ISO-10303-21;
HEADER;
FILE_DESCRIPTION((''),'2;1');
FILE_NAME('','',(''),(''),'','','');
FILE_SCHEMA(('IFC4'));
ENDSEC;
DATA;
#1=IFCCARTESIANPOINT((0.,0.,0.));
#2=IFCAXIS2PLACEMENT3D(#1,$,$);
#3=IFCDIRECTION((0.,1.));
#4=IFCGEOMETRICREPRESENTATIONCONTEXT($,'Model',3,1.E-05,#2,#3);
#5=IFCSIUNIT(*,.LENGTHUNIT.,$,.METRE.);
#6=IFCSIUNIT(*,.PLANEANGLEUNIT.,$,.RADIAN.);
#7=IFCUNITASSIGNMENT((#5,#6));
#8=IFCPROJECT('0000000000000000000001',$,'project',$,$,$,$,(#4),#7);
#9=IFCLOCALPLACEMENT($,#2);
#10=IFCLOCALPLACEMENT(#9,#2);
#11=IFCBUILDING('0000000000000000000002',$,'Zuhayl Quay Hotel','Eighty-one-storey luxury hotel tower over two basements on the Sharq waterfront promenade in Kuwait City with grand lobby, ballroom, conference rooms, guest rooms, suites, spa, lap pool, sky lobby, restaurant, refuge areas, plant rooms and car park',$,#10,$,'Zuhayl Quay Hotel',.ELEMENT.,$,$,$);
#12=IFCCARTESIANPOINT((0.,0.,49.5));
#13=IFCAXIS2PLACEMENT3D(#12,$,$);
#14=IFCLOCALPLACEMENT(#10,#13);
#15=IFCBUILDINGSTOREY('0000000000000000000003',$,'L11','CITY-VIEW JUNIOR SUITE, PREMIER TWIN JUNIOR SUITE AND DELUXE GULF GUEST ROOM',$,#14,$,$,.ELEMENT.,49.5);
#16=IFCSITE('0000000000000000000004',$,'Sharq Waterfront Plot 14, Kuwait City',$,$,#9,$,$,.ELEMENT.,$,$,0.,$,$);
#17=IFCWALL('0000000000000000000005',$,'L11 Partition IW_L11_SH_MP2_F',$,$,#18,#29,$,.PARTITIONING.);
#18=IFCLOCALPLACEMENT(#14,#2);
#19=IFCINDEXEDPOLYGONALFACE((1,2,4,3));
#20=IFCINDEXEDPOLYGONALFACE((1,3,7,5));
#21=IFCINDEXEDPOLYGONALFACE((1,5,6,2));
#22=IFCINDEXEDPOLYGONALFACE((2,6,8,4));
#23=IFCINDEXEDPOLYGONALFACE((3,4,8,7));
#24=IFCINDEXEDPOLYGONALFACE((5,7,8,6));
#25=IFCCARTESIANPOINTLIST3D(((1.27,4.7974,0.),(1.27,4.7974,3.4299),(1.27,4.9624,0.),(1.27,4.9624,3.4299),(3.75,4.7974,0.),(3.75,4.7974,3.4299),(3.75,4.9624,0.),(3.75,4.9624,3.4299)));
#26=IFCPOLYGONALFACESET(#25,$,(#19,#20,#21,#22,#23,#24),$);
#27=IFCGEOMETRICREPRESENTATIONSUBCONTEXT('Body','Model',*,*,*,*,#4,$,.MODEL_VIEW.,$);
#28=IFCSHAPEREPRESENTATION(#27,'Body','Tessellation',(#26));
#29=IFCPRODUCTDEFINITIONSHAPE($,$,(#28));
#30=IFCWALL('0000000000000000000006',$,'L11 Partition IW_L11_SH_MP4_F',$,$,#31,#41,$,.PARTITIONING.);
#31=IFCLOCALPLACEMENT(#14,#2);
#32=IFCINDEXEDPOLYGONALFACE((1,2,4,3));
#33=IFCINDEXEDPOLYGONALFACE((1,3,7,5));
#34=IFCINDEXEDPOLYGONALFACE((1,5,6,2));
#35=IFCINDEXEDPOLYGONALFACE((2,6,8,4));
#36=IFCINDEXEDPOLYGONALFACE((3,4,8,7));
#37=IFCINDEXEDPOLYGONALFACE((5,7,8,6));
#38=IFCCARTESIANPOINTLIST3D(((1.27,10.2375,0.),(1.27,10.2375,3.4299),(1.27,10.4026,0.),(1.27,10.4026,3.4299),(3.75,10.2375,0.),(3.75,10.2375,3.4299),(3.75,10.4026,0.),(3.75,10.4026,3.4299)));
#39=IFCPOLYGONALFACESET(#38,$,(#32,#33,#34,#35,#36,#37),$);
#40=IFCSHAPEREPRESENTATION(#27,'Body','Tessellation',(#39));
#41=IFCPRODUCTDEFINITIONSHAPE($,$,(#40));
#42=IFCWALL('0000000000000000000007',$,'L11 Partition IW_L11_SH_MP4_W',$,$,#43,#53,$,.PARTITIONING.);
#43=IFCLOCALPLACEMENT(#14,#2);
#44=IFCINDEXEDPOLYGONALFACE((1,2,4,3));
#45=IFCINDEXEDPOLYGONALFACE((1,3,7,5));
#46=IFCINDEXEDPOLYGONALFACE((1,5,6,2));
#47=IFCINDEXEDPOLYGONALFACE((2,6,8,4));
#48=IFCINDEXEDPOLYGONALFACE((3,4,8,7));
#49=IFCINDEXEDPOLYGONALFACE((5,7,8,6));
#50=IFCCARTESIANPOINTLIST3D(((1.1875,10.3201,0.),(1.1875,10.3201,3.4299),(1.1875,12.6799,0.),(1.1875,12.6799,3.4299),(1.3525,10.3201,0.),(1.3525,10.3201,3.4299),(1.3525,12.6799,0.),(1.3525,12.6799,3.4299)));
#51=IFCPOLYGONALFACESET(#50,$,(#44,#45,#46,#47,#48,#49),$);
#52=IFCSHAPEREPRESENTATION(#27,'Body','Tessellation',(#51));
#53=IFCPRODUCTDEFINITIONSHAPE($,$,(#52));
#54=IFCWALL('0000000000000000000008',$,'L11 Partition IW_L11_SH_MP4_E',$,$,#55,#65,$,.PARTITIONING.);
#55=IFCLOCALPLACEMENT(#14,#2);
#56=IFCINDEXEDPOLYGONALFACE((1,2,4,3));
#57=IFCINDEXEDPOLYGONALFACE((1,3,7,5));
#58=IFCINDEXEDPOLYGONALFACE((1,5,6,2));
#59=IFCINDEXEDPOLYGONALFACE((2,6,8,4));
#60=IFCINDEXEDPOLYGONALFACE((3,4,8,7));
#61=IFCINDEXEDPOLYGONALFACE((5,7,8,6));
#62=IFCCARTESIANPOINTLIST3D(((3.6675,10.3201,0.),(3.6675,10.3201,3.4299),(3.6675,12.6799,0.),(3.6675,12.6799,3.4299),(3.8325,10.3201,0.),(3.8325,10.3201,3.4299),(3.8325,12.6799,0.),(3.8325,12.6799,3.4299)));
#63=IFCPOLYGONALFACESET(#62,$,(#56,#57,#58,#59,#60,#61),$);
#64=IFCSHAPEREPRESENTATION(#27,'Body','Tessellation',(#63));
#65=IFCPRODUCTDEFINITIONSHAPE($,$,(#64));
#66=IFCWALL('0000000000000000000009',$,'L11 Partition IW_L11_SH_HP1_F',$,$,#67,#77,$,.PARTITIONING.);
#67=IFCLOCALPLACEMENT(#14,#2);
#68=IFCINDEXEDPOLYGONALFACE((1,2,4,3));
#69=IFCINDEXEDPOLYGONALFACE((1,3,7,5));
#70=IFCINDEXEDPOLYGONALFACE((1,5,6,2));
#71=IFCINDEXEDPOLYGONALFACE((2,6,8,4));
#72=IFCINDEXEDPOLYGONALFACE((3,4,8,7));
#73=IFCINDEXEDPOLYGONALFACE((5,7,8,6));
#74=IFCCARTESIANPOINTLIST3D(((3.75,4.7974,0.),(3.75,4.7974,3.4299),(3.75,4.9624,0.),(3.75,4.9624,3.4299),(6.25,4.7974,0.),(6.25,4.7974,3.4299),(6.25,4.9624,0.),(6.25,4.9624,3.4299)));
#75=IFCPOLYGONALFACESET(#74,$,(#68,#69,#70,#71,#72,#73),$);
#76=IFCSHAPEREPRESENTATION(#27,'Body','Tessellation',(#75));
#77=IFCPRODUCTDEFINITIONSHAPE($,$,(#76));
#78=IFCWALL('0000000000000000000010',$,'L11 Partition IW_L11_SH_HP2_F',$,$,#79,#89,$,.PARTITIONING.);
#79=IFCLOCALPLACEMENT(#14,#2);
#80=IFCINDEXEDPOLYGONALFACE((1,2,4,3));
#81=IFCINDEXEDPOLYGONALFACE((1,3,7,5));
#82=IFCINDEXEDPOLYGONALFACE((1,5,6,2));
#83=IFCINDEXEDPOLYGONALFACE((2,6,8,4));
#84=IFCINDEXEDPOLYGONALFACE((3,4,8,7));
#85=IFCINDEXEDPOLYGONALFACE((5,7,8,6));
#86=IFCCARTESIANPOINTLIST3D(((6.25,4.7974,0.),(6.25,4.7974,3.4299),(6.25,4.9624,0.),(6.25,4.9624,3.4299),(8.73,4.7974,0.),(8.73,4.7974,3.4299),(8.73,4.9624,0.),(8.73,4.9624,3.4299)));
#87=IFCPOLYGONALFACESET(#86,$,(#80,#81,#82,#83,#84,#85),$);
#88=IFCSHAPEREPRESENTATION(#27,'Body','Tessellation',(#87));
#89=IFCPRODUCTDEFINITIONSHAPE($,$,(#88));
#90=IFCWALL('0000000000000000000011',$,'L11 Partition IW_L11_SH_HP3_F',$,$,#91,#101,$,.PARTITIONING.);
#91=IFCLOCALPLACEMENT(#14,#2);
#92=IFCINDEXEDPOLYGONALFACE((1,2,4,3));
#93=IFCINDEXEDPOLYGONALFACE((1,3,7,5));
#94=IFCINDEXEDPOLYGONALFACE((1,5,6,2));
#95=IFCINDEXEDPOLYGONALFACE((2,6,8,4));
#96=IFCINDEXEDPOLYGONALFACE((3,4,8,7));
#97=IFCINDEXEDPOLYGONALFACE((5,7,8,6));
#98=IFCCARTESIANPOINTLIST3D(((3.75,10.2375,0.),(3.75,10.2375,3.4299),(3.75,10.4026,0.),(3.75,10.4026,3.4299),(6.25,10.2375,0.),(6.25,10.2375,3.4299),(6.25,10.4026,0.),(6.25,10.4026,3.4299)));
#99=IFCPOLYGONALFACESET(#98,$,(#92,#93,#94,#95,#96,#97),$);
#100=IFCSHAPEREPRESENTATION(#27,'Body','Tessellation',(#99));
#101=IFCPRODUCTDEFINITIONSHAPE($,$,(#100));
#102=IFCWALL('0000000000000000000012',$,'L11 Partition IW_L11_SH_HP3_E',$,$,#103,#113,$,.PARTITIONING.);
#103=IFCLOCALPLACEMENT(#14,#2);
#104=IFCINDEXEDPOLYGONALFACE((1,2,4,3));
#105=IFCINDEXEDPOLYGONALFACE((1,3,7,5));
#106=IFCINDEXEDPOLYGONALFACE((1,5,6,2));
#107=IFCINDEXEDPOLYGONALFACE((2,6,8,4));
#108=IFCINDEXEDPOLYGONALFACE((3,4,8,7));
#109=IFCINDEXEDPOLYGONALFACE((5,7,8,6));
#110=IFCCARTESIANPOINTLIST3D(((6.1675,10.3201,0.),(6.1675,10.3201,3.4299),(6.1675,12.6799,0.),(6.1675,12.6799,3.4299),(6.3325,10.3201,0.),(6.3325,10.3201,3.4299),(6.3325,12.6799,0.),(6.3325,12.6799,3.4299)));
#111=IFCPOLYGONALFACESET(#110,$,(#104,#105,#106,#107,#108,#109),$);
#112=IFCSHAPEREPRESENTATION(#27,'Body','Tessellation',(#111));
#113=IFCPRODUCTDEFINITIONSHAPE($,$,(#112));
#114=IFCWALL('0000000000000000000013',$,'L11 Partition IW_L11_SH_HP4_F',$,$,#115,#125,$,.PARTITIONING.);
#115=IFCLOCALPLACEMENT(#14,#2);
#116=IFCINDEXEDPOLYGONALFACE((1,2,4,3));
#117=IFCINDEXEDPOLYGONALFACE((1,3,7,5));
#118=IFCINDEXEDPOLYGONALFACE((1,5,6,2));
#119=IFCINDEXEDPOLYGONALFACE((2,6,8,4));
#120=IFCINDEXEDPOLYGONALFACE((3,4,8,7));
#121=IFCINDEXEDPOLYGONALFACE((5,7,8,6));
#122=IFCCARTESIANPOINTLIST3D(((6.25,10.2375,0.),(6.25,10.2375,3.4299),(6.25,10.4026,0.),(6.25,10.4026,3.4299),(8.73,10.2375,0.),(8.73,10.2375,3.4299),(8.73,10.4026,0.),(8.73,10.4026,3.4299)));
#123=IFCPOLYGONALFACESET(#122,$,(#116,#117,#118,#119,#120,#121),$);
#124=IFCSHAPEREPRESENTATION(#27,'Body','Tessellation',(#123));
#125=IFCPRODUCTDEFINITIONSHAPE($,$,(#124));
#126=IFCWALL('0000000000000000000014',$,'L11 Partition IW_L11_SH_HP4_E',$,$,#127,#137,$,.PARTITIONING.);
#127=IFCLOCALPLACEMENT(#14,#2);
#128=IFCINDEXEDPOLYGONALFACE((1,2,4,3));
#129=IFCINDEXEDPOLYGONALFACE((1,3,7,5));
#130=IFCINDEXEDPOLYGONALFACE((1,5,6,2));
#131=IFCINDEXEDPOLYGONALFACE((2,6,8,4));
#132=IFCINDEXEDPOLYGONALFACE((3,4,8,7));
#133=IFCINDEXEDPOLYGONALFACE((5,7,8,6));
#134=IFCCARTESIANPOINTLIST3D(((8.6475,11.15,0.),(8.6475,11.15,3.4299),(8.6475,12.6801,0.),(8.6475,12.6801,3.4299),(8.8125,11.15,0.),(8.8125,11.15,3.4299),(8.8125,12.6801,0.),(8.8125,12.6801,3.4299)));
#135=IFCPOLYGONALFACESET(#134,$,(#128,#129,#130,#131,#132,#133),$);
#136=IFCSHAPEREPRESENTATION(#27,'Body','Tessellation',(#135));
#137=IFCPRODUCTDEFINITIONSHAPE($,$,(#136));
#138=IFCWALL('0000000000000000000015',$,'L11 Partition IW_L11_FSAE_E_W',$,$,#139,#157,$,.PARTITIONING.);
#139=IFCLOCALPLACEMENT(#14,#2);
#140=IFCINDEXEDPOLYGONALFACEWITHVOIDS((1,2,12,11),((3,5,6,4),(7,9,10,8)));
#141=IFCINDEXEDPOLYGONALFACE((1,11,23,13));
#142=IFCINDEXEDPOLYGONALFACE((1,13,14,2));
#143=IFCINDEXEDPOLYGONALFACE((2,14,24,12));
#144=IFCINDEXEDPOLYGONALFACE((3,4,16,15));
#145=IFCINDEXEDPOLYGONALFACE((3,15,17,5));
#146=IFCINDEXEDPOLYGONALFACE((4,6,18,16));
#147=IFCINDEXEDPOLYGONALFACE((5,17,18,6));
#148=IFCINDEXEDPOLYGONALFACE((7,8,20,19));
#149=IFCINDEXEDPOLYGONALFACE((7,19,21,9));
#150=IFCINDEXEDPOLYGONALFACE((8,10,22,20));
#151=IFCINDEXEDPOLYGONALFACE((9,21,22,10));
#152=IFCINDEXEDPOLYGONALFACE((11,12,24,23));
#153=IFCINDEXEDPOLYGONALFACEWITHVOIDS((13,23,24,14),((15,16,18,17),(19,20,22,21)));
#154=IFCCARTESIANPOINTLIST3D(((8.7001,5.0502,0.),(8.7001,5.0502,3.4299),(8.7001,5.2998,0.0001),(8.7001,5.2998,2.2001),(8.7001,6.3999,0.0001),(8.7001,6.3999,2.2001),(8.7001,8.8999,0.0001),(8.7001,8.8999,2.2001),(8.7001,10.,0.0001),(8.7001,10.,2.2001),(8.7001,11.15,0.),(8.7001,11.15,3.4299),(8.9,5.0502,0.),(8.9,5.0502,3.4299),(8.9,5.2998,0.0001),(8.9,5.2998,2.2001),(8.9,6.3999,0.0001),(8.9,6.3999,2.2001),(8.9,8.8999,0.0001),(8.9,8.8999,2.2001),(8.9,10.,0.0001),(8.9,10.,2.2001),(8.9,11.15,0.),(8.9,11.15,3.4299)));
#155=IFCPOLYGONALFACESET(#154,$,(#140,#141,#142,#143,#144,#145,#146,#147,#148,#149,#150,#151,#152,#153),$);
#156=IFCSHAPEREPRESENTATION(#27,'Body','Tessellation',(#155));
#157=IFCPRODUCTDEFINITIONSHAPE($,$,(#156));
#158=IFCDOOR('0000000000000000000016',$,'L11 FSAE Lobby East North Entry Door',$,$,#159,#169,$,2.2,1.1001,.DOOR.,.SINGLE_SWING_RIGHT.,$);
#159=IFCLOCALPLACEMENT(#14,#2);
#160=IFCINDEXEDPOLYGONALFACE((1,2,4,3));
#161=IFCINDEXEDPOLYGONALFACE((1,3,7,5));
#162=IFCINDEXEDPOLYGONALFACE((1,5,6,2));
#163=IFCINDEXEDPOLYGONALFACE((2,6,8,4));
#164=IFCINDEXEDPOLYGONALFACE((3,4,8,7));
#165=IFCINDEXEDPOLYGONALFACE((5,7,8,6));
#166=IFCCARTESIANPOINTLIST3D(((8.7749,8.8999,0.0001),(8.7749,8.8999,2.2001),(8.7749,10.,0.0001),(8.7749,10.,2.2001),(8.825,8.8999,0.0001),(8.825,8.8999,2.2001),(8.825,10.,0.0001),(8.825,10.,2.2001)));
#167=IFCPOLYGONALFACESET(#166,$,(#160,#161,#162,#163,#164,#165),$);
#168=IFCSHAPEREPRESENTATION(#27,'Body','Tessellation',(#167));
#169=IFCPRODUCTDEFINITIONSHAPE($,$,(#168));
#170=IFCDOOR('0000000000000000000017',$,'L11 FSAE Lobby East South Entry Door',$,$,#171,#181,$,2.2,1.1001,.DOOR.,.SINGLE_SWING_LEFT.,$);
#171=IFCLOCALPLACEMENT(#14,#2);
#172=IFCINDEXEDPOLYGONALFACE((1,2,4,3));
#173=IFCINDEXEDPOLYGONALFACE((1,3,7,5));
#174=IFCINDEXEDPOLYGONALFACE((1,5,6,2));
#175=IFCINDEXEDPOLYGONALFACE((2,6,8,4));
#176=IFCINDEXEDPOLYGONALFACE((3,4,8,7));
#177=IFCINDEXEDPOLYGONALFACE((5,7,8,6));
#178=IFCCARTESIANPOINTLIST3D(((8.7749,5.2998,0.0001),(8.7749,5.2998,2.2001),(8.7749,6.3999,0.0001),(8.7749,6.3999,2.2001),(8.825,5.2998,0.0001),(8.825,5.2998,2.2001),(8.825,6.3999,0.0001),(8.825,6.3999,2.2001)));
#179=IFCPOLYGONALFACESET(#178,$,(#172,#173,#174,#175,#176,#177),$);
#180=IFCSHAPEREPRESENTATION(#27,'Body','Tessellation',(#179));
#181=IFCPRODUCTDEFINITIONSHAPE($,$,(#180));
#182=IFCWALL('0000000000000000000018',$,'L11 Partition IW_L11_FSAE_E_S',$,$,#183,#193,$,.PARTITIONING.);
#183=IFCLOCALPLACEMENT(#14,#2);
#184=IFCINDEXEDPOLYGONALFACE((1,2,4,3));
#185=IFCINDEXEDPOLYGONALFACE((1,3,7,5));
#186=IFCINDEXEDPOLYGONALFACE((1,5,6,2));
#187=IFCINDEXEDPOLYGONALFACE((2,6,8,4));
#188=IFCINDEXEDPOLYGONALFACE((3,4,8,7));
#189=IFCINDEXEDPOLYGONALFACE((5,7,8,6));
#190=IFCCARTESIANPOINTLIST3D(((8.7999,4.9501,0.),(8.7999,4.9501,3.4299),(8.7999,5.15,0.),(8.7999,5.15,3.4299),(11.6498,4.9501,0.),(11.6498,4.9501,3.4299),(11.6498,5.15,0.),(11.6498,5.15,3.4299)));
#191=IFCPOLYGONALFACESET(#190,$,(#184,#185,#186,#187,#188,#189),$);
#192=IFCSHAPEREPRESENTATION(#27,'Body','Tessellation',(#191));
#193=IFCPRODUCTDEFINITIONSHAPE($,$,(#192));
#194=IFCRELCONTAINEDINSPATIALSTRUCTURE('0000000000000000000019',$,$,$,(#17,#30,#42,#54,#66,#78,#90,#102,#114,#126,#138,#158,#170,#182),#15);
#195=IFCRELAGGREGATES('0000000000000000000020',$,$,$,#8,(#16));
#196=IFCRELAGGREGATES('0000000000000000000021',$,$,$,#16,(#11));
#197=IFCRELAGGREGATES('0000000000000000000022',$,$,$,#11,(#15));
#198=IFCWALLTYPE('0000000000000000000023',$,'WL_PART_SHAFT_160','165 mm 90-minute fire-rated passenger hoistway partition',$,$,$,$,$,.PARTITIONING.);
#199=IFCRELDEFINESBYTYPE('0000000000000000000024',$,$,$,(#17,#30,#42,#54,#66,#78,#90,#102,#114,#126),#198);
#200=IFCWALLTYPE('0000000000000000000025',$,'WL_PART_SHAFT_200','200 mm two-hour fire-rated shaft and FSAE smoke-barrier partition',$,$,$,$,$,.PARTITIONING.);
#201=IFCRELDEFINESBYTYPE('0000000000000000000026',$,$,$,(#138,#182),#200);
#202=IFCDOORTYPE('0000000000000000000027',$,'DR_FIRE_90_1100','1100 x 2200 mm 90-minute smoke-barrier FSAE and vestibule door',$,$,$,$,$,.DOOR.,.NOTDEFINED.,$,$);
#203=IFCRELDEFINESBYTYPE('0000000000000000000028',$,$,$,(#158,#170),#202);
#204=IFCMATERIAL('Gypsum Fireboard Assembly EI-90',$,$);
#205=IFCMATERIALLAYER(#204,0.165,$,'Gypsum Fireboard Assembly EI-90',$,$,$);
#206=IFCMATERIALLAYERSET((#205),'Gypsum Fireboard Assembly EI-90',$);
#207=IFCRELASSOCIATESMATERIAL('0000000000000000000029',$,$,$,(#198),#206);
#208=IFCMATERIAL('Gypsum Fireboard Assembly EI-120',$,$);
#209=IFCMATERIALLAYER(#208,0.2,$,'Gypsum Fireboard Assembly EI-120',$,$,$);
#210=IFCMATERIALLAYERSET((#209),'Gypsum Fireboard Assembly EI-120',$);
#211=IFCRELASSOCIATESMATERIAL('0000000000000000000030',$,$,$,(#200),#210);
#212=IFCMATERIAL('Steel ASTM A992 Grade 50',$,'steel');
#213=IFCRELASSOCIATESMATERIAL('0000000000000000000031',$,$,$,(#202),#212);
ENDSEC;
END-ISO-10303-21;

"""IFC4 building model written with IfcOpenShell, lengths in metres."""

from ifc_helpers import new_model, si_unit, direction, frame, frame_2d, origin, place, context, subcontext, project, spatial, rectangle, extrude, material, layer, layer_set, type_object, element, fill, save


model = new_model("IFC4")

# Units and contexts
model_context = context("Model", 3, precision=1e-05, world=origin(), true_north=direction((0.0, 1.0)))
body_context = subcontext(model_context, "Body", "Model", "MODEL_VIEW")
ifc_project = project(units=[si_unit("LENGTHUNIT", "METRE"), si_unit("PLANEANGLEUNIT", "RADIAN")], contexts=[model_context])

# Site, building, storey
site_placement = place(None, origin())
site = spatial("IfcSite", under=ifc_project, at=site_placement, Name="Sharq Waterfront Plot 14, Kuwait City", CompositionType="ELEMENT", RefElevation=0.0)
building_placement = place(site_placement, origin())
building = spatial("IfcBuilding", under=site, at=building_placement, Name="Zuhayl Quay Hotel", Description="Eighty-one-storey luxury hotel tower over two basements on the Sharq waterfront promenade in Kuwait City with grand lobby, ballroom, conference rooms, guest rooms, suites, spa, lap pool, sky lobby, restaurant, refuge areas, plant rooms and car park", LongName="Zuhayl Quay Hotel", CompositionType="ELEMENT")
storey_placement = place(building_placement, frame((0.0, 0.0, 49.5)))
storey = spatial("IfcBuildingStorey", under=building, at=storey_placement, Name="L11", Description="CITY-VIEW JUNIOR SUITE, PREMIER TWIN JUNIOR SUITE AND DELUXE GULF GUEST ROOM", CompositionType="ELEMENT", Elevation=49.5)

# Shared definitions
ifc_material_1 = material(Name="Steel ASTM A992 Grade 50", Category="steel")

# Shared definitions
ifc_material_2 = material(Name="Gypsum Fireboard Assembly EI-90")
ifc_layer_1 = layer(ifc_material_2, 0.165, Name="Gypsum Fireboard Assembly EI-90")
ifc_layer_set_1 = layer_set([ifc_layer_1], Name="Gypsum Fireboard Assembly EI-90")
wall_type_1 = type_object("IfcWallType", Name="WL_PART_SHAFT_160", Description="165 mm 90-minute fire-rated passenger hoistway partition", PredefinedType="PARTITIONING", material=ifc_layer_set_1)

# Walls
for number, where, z_axis, x_axis, name in (
    (1, (1.27, 4.8799, 0.0), (0.0, 0.0, 1.0), (1.0, 0.0, 0.0), "L11 Partition IW_L11_SH_MP2_F"),
    (2, (1.27, 10.3201, 0.0), (0.0, 0.0, 1.0), (1.0, 0.0, 0.0), "L11 Partition IW_L11_SH_MP4_F"),
):
    element("IfcWall", number, at=place(storey_placement, frame(where, z_axis=z_axis, x_axis=x_axis)), inside=storey, type_object=wall_type_1, Name=name, PredefinedType="PARTITIONING", context=body_context, shape_type="SweptSolid", body=[
        extrude(rectangle(XDim=2.48, YDim=0.165, at=frame_2d((1.24, 0.0))), origin(), (0.0, 0.0, 1.0), 3.4299),
    ])
for number, where, z_axis, x_axis, name in (
    (3, (1.27, 10.3201, 0.0), (0.0, 0.0, 1.0), (0.0, 1.0, 0.0), "L11 Partition IW_L11_SH_MP4_W"),
    (4, (3.75, 10.3201, 0.0), (0.0, 0.0, 1.0), (0.0, 1.0, 0.0), "L11 Partition IW_L11_SH_MP4_E"),
):
    element("IfcWall", number, at=place(storey_placement, frame(where, z_axis=z_axis, x_axis=x_axis)), inside=storey, type_object=wall_type_1, Name=name, PredefinedType="PARTITIONING", context=body_context, shape_type="SweptSolid", body=[
        extrude(rectangle(XDim=2.3599, YDim=0.165, at=frame_2d((1.1799, 0.0))), origin(), (0.0, 0.0, 1.0), 3.4299),
    ])
wall_1_placement = place(storey_placement, frame((3.75, 4.8799, 0.0), z_axis=(0.0, 0.0, 1.0), x_axis=(1.0, 0.0, 0.0)))
element("IfcWall", 5, at=wall_1_placement, inside=storey, type_object=wall_type_1, Name="L11 Partition IW_L11_SH_HP1_F", PredefinedType="PARTITIONING", context=body_context, shape_type="SweptSolid", body=[
    extrude(rectangle(XDim=2.5, YDim=0.165, at=frame_2d((1.25, 0.0))), origin(), (0.0, 0.0, 1.0), 3.4299),
])
wall_2_placement = place(storey_placement, frame((6.25, 4.8799, 0.0), z_axis=(0.0, 0.0, 1.0), x_axis=(1.0, 0.0, 0.0)))
element("IfcWall", 6, at=wall_2_placement, inside=storey, type_object=wall_type_1, Name="L11 Partition IW_L11_SH_HP2_F", PredefinedType="PARTITIONING", context=body_context, shape_type="SweptSolid", body=[
    extrude(rectangle(XDim=2.48, YDim=0.165, at=frame_2d((1.24, 0.0))), origin(), (0.0, 0.0, 1.0), 3.4299),
])
wall_3_placement = place(storey_placement, frame((3.75, 10.3201, 0.0), z_axis=(0.0, 0.0, 1.0), x_axis=(1.0, 0.0, 0.0)))
element("IfcWall", 7, at=wall_3_placement, inside=storey, type_object=wall_type_1, Name="L11 Partition IW_L11_SH_HP3_F", PredefinedType="PARTITIONING", context=body_context, shape_type="SweptSolid", body=[
    extrude(rectangle(XDim=2.5, YDim=0.165, at=frame_2d((1.25, 0.0))), origin(), (0.0, 0.0, 1.0), 3.4299),
])
wall_4_placement = place(storey_placement, frame((6.25, 10.3201, 0.0), z_axis=(0.0, 0.0, 1.0), x_axis=(0.0, 1.0, 0.0)))
element("IfcWall", 8, at=wall_4_placement, inside=storey, type_object=wall_type_1, Name="L11 Partition IW_L11_SH_HP3_E", PredefinedType="PARTITIONING", context=body_context, shape_type="SweptSolid", body=[
    extrude(rectangle(XDim=2.3599, YDim=0.165, at=frame_2d((1.1799, 0.0))), origin(), (0.0, 0.0, 1.0), 3.4299),
])
wall_5_placement = place(storey_placement, frame((6.25, 10.3201, 0.0), z_axis=(0.0, 0.0, 1.0), x_axis=(1.0, 0.0, 0.0)))
element("IfcWall", 9, at=wall_5_placement, inside=storey, type_object=wall_type_1, Name="L11 Partition IW_L11_SH_HP4_F", PredefinedType="PARTITIONING", context=body_context, shape_type="SweptSolid", body=[
    extrude(rectangle(XDim=2.48, YDim=0.165, at=frame_2d((1.24, 0.0))), origin(), (0.0, 0.0, 1.0), 3.4299),
])
wall_6_placement = place(storey_placement, frame((8.73, 11.1499, 0.0), z_axis=(0.0, 0.0, 1.0), x_axis=(0.0, 1.0, 0.0)))
element("IfcWall", 10, at=wall_6_placement, inside=storey, type_object=wall_type_1, Name="L11 Partition IW_L11_SH_HP4_E", PredefinedType="PARTITIONING", context=body_context, shape_type="SweptSolid", body=[
    extrude(rectangle(XDim=1.53, YDim=0.165, at=frame_2d((0.7651, 0.0))), origin(), (0.0, 0.0, 1.0), 3.4299),
])

# Wall, openings, doors
ifc_material_3 = material(Name="Gypsum Fireboard Assembly EI-120")
ifc_layer_2 = layer(ifc_material_3, 0.2, Name="Gypsum Fireboard Assembly EI-120")
ifc_layer_set_2 = layer_set([ifc_layer_2], Name="Gypsum Fireboard Assembly EI-120")
wall_type_2 = type_object("IfcWallType", Name="WL_PART_SHAFT_200", Description="200 mm two-hour fire-rated shaft and FSAE smoke-barrier partition", PredefinedType="PARTITIONING", material=ifc_layer_set_2)
wall_7_placement = place(storey_placement, frame((8.8, 11.1499, 0.0), z_axis=(0.0, 0.0, 1.0), x_axis=(0.0, -1.0, 0.0)))
wall_7 = element("IfcWall", 11, at=wall_7_placement, inside=storey, type_object=wall_type_2, Name="L11 Partition IW_L11_FSAE_E_W", PredefinedType="PARTITIONING", context=body_context, shape_type="SweptSolid", body=[
    extrude(rectangle(XDim=6.0999, YDim=0.2, at=frame_2d((3.0498, 0.0))), origin(), (0.0, 0.0, 1.0), 3.4299),
])
opening_1_placement = place(wall_7_placement, frame((1.1499, 0.0, 0.0)))
opening_1 = element("IfcOpeningElement", 12, at=opening_1_placement, cuts=wall_7, PredefinedType="OPENING", context=body_context, shape_type="SweptSolid", body=[
    extrude(rectangle(XDim=1.1001, YDim=2.2, at=frame_2d((0.55, 1.1001))), frame((0.0, 0.1099, 0.0), z_axis=(0.0, -1.0, 0.0), x_axis=(1.0, 0.0, 0.0)), (0.0, 0.0, 1.0), 0.22),
])
opening_2_placement = place(wall_7_placement, frame((4.75, 0.0, 0.0)))
opening_2 = element("IfcOpeningElement", 13, at=opening_2_placement, cuts=wall_7, PredefinedType="OPENING", context=body_context, shape_type="SweptSolid", body=[
    extrude(rectangle(XDim=1.1001, YDim=2.2, at=frame_2d((0.55, 1.1001))), frame((0.0, 0.1099, 0.0), z_axis=(0.0, -1.0, 0.0), x_axis=(1.0, 0.0, 0.0)), (0.0, 0.0, 1.0), 0.22),
])
door_type_1 = type_object("IfcDoorType", Name="DR_FIRE_90_1100", Description="1100 x 2200 mm 90-minute smoke-barrier FSAE and vestibule door", OperationType="NOTDEFINED", PredefinedType="DOOR", material=ifc_material_1)
door_1_placement = place(opening_1_placement, origin())
door_1 = element("IfcDoor", 14, at=door_1_placement, inside=storey, type_object=door_type_1, Name="L11 FSAE Lobby East North Entry Door", OperationType="SINGLE_SWING_RIGHT", OverallHeight=2.2, OverallWidth=1.1001, PredefinedType="DOOR", context=body_context, shape_type="SweptSolid", body=[
    extrude(rectangle(XDim=1.1001, YDim=2.2, at=frame_2d((0.55, 1.1001))), frame((0.0, 0.0249, 0.0), z_axis=(0.0, -1.0, 0.0), x_axis=(1.0, 0.0, 0.0)), (0.0, 0.0, 1.0), 0.05),
])
fill(opening_1, door_1)
door_2_placement = place(opening_2_placement, origin())
door_2 = element("IfcDoor", 15, at=door_2_placement, inside=storey, type_object=door_type_1, Name="L11 FSAE Lobby East South Entry Door", OperationType="SINGLE_SWING_LEFT", OverallHeight=2.2, OverallWidth=1.1001, PredefinedType="DOOR", context=body_context, shape_type="SweptSolid", body=[
    extrude(rectangle(XDim=1.1001, YDim=2.2, at=frame_2d((0.55, 1.1001))), frame((0.0, 0.0249, 0.0), z_axis=(0.0, -1.0, 0.0), x_axis=(1.0, 0.0, 0.0)), (0.0, 0.0, 1.0), 0.05),
])
fill(opening_2, door_2)

# Wall
wall_8_placement = place(storey_placement, frame((8.8, 5.05, 0.0), z_axis=(0.0, 0.0, 1.0), x_axis=(1.0, 0.0, 0.0)))
element("IfcWall", 16, at=wall_8_placement, inside=storey, type_object=wall_type_2, Name="L11 Partition IW_L11_FSAE_E_S", PredefinedType="PARTITIONING", context=body_context, shape_type="SweptSolid", body=[
    extrude(rectangle(XDim=2.8499, YDim=0.2, at=frame_2d((1.4248, 0.0))), origin(), (0.0, 0.0, 1.0), 3.4299),
])

save(model, "model.ifc")
